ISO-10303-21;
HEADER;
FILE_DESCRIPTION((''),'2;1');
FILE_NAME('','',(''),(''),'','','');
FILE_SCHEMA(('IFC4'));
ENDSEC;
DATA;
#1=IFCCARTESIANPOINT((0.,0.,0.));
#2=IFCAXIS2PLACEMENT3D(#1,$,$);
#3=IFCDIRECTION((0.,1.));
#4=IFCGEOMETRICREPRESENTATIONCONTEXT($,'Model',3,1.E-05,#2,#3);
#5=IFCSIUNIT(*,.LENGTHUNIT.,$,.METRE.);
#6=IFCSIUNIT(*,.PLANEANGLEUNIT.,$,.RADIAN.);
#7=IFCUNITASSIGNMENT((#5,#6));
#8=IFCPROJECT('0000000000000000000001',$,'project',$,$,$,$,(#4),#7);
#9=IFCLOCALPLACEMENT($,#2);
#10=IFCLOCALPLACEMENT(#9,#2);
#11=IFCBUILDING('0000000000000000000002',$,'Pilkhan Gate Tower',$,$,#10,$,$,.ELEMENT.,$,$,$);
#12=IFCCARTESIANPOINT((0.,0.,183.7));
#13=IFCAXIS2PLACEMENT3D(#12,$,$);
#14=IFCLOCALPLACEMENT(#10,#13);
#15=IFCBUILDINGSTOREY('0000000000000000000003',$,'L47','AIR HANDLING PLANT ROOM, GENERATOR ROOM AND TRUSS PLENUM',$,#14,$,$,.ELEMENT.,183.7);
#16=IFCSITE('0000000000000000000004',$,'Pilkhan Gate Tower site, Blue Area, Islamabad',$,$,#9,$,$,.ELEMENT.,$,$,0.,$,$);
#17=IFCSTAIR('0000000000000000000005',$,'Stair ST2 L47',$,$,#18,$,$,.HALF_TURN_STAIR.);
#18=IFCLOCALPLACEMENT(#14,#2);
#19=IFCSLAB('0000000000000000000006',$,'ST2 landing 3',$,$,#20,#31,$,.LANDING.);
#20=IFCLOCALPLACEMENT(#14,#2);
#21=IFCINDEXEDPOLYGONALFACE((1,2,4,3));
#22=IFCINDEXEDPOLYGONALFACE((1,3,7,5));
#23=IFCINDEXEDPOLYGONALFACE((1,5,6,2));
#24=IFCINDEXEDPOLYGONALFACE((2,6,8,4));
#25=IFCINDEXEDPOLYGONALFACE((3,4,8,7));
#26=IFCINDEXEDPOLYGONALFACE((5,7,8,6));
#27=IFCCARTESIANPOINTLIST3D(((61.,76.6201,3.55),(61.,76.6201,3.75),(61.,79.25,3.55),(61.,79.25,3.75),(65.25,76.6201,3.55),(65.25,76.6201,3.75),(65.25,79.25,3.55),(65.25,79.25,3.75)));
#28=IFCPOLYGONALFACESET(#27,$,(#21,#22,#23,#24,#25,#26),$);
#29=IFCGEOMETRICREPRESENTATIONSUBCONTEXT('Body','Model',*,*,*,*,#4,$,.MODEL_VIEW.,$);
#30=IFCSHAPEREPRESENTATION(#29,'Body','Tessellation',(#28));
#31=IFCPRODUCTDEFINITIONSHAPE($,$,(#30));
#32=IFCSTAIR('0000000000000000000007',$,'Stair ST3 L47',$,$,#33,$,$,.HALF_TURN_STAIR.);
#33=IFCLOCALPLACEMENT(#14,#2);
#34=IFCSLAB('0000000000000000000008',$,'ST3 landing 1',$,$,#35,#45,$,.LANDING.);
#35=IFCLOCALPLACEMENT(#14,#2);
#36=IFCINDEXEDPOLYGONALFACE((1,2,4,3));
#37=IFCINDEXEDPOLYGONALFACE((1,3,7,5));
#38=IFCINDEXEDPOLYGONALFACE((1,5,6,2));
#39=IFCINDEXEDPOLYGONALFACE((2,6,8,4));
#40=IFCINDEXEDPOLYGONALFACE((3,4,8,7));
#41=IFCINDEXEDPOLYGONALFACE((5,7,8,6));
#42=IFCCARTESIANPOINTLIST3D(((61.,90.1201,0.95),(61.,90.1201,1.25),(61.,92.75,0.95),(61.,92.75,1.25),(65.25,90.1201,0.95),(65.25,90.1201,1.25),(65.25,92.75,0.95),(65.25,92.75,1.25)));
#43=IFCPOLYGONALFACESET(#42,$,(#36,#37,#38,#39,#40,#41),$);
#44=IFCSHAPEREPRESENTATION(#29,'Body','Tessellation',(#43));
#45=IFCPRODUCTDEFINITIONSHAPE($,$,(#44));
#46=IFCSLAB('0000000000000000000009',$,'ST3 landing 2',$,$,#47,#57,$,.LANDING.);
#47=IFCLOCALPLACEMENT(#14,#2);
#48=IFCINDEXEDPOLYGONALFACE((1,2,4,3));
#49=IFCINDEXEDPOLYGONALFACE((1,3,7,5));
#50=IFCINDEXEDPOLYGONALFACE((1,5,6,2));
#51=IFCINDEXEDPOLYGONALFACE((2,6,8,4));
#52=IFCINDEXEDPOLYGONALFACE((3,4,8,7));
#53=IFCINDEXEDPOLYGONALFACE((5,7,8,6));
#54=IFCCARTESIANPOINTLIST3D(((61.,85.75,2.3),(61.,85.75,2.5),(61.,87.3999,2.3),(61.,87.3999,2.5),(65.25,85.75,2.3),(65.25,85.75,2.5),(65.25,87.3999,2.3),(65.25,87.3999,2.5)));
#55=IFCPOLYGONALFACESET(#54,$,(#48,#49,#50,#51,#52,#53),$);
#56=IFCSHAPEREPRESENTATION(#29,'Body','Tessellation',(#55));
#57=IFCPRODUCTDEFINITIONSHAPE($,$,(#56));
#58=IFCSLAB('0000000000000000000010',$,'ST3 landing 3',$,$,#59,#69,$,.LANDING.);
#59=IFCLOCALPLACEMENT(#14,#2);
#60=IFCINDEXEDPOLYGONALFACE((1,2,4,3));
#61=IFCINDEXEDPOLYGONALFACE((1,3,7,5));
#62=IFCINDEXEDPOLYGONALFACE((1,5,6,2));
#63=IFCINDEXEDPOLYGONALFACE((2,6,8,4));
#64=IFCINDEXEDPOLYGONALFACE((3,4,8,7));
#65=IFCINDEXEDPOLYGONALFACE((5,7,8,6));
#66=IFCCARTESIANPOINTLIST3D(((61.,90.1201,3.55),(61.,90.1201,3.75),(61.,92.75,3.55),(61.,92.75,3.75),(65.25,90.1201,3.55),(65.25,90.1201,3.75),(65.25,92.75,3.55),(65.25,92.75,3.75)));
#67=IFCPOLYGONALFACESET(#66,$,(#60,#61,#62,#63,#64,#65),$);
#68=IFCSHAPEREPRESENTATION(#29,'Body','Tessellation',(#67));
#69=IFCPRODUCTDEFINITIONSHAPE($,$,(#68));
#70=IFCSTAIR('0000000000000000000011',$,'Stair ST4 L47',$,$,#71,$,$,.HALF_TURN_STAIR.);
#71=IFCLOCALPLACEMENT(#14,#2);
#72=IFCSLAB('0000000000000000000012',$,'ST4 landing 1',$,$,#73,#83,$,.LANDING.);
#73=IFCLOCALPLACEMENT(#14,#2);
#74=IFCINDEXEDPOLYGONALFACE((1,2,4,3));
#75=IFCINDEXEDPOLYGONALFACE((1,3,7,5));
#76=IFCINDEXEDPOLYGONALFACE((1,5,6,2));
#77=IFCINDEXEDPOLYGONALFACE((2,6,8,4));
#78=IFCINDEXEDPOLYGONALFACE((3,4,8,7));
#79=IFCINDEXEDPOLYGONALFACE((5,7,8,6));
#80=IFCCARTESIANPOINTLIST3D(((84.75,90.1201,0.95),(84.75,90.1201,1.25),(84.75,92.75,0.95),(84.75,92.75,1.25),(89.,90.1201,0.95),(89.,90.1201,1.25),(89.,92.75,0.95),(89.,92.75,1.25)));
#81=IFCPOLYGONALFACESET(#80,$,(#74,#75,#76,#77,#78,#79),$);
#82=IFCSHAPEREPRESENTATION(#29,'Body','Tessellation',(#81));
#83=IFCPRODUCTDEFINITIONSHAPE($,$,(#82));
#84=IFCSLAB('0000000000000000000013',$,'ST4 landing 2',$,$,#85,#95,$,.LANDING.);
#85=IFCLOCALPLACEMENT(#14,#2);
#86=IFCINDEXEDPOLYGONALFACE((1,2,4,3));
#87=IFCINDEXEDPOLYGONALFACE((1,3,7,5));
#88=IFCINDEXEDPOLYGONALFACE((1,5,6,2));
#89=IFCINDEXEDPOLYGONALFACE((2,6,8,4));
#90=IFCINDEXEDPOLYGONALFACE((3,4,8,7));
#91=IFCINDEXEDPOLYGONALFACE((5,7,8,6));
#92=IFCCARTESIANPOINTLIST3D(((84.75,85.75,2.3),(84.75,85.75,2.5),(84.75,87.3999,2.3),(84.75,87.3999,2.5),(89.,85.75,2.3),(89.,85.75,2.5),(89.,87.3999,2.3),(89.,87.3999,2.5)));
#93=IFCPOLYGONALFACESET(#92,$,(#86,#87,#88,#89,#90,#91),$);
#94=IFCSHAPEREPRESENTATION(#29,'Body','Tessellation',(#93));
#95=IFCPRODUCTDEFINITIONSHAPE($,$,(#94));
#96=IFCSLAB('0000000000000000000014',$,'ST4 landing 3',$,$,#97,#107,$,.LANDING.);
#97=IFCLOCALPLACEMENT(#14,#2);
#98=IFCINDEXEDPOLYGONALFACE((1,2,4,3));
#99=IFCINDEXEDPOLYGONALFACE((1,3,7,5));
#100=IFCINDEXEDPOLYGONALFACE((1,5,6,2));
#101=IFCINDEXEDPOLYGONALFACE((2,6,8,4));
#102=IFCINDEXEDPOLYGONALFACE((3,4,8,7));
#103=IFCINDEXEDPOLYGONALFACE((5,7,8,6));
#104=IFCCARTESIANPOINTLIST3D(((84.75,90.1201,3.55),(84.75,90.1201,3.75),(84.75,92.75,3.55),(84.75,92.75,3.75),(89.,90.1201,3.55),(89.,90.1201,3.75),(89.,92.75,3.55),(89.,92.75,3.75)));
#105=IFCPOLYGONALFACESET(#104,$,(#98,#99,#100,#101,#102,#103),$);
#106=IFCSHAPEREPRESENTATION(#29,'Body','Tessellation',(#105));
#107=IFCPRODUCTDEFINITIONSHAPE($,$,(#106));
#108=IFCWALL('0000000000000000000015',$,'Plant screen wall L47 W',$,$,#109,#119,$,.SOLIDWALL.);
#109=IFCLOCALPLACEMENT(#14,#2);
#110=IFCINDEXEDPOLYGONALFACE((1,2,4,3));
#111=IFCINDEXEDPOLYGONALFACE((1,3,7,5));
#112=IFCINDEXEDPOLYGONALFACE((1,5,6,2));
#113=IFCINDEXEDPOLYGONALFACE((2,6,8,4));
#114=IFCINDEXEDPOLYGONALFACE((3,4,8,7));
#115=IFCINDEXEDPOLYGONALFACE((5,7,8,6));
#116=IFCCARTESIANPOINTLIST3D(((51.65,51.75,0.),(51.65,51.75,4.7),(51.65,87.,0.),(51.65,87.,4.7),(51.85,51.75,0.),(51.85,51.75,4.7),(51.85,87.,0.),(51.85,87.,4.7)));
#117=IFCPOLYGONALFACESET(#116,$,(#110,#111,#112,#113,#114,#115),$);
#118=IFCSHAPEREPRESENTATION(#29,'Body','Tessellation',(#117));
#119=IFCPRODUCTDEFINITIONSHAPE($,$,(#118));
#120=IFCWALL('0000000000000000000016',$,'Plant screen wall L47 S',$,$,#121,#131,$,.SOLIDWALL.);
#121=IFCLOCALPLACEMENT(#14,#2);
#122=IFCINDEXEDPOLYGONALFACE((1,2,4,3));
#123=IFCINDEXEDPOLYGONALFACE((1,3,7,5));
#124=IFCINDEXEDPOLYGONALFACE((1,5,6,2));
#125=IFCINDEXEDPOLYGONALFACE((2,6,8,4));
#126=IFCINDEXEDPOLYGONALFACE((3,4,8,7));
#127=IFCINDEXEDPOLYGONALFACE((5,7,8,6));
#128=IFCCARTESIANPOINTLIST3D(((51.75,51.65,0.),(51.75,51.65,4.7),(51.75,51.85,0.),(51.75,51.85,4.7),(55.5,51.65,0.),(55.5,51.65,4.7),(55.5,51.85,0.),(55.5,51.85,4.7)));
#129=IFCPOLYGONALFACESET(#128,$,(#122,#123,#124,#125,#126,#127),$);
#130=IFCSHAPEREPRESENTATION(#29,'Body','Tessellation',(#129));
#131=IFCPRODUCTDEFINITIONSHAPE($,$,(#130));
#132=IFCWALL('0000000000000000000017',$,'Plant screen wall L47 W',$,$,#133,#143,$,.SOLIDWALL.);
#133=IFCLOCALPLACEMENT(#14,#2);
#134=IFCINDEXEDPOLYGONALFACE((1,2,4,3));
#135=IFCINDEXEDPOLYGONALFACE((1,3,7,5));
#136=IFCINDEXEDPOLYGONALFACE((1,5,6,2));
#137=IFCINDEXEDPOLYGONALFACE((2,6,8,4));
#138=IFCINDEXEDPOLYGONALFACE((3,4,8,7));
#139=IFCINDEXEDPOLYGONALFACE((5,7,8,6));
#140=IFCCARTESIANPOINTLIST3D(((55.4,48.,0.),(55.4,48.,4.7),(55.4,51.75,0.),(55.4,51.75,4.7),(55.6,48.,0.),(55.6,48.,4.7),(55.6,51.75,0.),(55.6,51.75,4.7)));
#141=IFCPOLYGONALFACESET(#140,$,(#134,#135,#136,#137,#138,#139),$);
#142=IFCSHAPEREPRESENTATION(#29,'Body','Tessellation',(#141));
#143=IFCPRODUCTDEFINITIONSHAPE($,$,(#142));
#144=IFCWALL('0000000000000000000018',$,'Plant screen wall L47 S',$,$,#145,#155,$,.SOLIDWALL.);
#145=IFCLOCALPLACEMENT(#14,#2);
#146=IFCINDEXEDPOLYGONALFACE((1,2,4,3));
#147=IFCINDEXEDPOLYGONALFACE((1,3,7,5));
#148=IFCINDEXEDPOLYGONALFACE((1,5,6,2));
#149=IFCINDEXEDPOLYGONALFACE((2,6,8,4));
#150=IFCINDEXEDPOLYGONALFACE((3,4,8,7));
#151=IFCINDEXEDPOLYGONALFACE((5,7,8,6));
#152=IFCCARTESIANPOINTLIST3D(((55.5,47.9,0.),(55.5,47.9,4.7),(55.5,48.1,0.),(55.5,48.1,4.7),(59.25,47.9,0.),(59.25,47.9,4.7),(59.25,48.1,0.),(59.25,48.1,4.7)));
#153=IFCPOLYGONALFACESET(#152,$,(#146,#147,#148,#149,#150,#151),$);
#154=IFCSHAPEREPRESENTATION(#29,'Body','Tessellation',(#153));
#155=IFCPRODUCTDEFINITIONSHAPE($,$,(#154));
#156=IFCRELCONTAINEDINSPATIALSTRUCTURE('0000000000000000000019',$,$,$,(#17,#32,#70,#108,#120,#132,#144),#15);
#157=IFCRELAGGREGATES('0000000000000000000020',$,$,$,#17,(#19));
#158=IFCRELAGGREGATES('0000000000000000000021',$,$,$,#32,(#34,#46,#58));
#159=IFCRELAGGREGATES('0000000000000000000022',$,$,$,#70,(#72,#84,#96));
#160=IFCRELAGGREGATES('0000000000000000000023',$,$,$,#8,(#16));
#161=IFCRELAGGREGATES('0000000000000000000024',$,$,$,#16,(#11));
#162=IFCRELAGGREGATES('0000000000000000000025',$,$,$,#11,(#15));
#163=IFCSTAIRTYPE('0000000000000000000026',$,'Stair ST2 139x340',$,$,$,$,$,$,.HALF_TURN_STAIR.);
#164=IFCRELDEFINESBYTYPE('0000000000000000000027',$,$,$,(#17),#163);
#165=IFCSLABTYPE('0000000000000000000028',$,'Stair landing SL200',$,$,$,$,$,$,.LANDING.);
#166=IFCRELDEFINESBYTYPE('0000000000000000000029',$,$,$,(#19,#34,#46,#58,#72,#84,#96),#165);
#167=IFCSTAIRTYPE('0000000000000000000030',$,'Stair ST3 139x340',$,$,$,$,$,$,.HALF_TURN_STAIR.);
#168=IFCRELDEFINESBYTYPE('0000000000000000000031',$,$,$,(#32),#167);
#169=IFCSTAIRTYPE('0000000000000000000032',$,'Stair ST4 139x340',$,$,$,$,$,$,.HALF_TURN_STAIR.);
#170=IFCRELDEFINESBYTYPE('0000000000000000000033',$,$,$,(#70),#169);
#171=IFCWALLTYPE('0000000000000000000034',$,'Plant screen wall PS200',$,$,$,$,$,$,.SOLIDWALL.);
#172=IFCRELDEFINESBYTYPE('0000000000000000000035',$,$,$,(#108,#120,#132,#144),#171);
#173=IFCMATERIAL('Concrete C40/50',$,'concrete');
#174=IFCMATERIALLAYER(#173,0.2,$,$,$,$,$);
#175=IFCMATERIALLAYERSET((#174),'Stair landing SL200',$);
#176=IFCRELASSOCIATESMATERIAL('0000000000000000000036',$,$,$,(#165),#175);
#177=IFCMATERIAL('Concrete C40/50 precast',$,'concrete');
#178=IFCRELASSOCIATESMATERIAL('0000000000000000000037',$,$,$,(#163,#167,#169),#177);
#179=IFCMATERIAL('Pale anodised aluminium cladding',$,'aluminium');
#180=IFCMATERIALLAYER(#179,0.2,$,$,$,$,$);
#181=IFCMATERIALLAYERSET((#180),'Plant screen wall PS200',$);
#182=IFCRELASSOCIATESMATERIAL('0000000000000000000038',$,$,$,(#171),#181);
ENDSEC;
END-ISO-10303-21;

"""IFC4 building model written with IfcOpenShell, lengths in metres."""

from ifc_helpers import new_model, si_unit, direction, frame, frame_2d, origin, place, context, subcontext, project, spatial, polyline, rectangle, outline, extrude, material, layer, layer_set, type_object, element, aggregate, save


model = new_model("IFC4")

# Units and contexts
model_context = context("Model", 3, precision=1e-05, world=origin(), true_north=direction((0.0, 1.0)))
body_context = subcontext(model_context, "Body", "Model", "MODEL_VIEW")
ifc_project = project(units=[si_unit("LENGTHUNIT", "METRE"), si_unit("PLANEANGLEUNIT", "RADIAN")], contexts=[model_context])

# Site, building, storey
site_placement = place(None, origin())
site = spatial("IfcSite", under=ifc_project, at=site_placement, Name="Pilkhan Gate Tower site, Blue Area, Islamabad", CompositionType="ELEMENT", RefElevation=0.0)
building_placement = place(site_placement, origin())
building = spatial("IfcBuilding", under=site, at=building_placement, Name="Pilkhan Gate Tower", CompositionType="ELEMENT")
storey_placement = place(building_placement, frame((0.0, 0.0, 183.7)))
storey = spatial("IfcBuildingStorey", under=building, at=storey_placement, Name="L47", Description="AIR HANDLING PLANT ROOM, GENERATOR ROOM AND TRUSS PLENUM", CompositionType="ELEMENT", Elevation=183.7)

# Shared definitions
ifc_material_1 = material(Name="Concrete C40/50", Category="concrete")

# Stairs, slabs
ifc_material_2 = material(Name="Concrete C40/50 precast", Category="concrete")
ifc_layer_1 = layer(ifc_material_1, 0.2)
ifc_layer_set_1 = layer_set([ifc_layer_1], Name="Stair landing SL200")
slab_type_1 = type_object("IfcSlabType", Name="Stair landing SL200", PredefinedType="LANDING", material=ifc_layer_set_1)
stair_type_1 = type_object("IfcStairType", Name="Stair ST2 139x340", PredefinedType="HALF_TURN_STAIR", material=ifc_material_2)
stair_1_placement = place(storey_placement, origin())
stair_1 = element("IfcStair", 1, at=stair_1_placement, inside=storey, type_object=stair_type_1, Name="Stair ST2 L47", PredefinedType="HALF_TURN_STAIR")
slab_1_placement = place(storey_placement, frame((0.0, 0.0, 3.55)))
slab_1 = element("IfcSlab", 2, at=slab_1_placement, type_object=slab_type_1, Name="ST2 landing 3", PredefinedType="LANDING", context=body_context, shape_type="SweptSolid", body=[
    extrude(outline(polyline([(65.25, 76.6201), (65.25, 79.25), (61.0, 79.25), (61.0, 76.6201), (65.25, 76.6201)])), origin(), (0.0, 0.0, 1.0), 0.2),
])
aggregate(stair_1, [slab_1])
stair_type_2 = type_object("IfcStairType", Name="Stair ST3 139x340", PredefinedType="HALF_TURN_STAIR", material=ifc_material_2)
stair_2_placement = place(storey_placement, origin())
stair_2 = element("IfcStair", 3, at=stair_2_placement, inside=storey, type_object=stair_type_2, Name="Stair ST3 L47", PredefinedType="HALF_TURN_STAIR")
slab_2_placement = place(storey_placement, frame((0.0, 0.0, 0.95)))
slab_2 = element("IfcSlab", 4, at=slab_2_placement, type_object=slab_type_1, Name="ST3 landing 1", PredefinedType="LANDING", context=body_context, shape_type="SweptSolid", body=[
    extrude(outline(polyline([(65.25, 90.1201), (65.25, 92.75), (61.0, 92.75), (61.0, 90.1201), (65.25, 90.1201)])), origin(), (0.0, 0.0, 1.0), 0.3),
])
slab_3_placement = place(storey_placement, frame((0.0, 0.0, 2.3)))
slab_3 = element("IfcSlab", 5, at=slab_3_placement, type_object=slab_type_1, Name="ST3 landing 2", PredefinedType="LANDING", context=body_context, shape_type="SweptSolid", body=[
    extrude(outline(polyline([(65.25, 85.75), (65.25, 87.3999), (61.0, 87.3999), (61.0, 85.75), (65.25, 85.75)])), origin(), (0.0, 0.0, 1.0), 0.2),
])
slab_4_placement = place(storey_placement, frame((0.0, 0.0, 3.55)))
slab_4 = element("IfcSlab", 6, at=slab_4_placement, type_object=slab_type_1, Name="ST3 landing 3", PredefinedType="LANDING", context=body_context, shape_type="SweptSolid", body=[
    extrude(outline(polyline([(65.25, 90.1201), (65.25, 92.75), (61.0, 92.75), (61.0, 90.1201), (65.25, 90.1201)])), origin(), (0.0, 0.0, 1.0), 0.2),
])
aggregate(stair_2, [slab_2, slab_3, slab_4])
stair_type_3 = type_object("IfcStairType", Name="Stair ST4 139x340", PredefinedType="HALF_TURN_STAIR", material=ifc_material_2)
stair_3_placement = place(storey_placement, origin())
stair_3 = element("IfcStair", 7, at=stair_3_placement, inside=storey, type_object=stair_type_3, Name="Stair ST4 L47", PredefinedType="HALF_TURN_STAIR")
slab_5_placement = place(storey_placement, frame((0.0, 0.0, 0.95)))
slab_5 = element("IfcSlab", 8, at=slab_5_placement, type_object=slab_type_1, Name="ST4 landing 1", PredefinedType="LANDING", context=body_context, shape_type="SweptSolid", body=[
    extrude(outline(polyline([(89.0, 90.1201), (89.0, 92.75), (84.75, 92.75), (84.75, 90.1201), (89.0, 90.1201)])), origin(), (0.0, 0.0, 1.0), 0.3),
])
slab_6_placement = place(storey_placement, frame((0.0, 0.0, 2.3)))
slab_6 = element("IfcSlab", 9, at=slab_6_placement, type_object=slab_type_1, Name="ST4 landing 2", PredefinedType="LANDING", context=body_context, shape_type="SweptSolid", body=[
    extrude(outline(polyline([(89.0, 85.75), (89.0, 87.3999), (84.75, 87.3999), (84.75, 85.75), (89.0, 85.75)])), origin(), (0.0, 0.0, 1.0), 0.2),
])
slab_7_placement = place(storey_placement, frame((0.0, 0.0, 3.55)))
slab_7 = element("IfcSlab", 10, at=slab_7_placement, type_object=slab_type_1, Name="ST4 landing 3", PredefinedType="LANDING", context=body_context, shape_type="SweptSolid", body=[
    extrude(outline(polyline([(89.0, 90.1201), (89.0, 92.75), (84.75, 92.75), (84.75, 90.1201), (89.0, 90.1201)])), origin(), (0.0, 0.0, 1.0), 0.2),
])
aggregate(stair_3, [slab_5, slab_6, slab_7])

# Walls
ifc_material_3 = material(Name="Pale anodised aluminium cladding", Category="aluminium")
ifc_layer_2 = layer(ifc_material_3, 0.2)
ifc_layer_set_2 = layer_set([ifc_layer_2], Name="Plant screen wall PS200")
wall_type = type_object("IfcWallType", Name="Plant screen wall PS200", PredefinedType="SOLIDWALL", material=ifc_layer_set_2)
wall_placement = place(storey_placement, frame((51.75, 51.75, 0.0), z_axis=(0.0, 0.0, 1.0), x_axis=(0.0, 1.0, 0.0)))
element("IfcWall", 11, at=wall_placement, inside=storey, type_object=wall_type, Name="Plant screen wall L47 W", PredefinedType="SOLIDWALL", context=body_context, shape_type="SweptSolid", body=[
    extrude(rectangle(XDim=35.25, YDim=0.2, at=frame_2d((17.625, 0.0))), origin(), (0.0, 0.0, 1.0), 4.7),
])
for number, where, z_axis, x_axis, name in (
    (12, (51.75, 51.75, 0.0), (0.0, 0.0, 1.0), (1.0, 0.0, 0.0), "Plant screen wall L47 S"),
    (13, (55.5, 48.0, 0.0), (0.0, 0.0, 1.0), (0.0, 1.0, 0.0), "Plant screen wall L47 W"),
    (14, (55.5, 48.0, 0.0), (0.0, 0.0, 1.0), (1.0, 0.0, 0.0), "Plant screen wall L47 S"),
):
    element("IfcWall", number, at=place(storey_placement, frame(where, z_axis=z_axis, x_axis=x_axis)), inside=storey, type_object=wall_type, Name=name, PredefinedType="SOLIDWALL", context=body_context, shape_type="SweptSolid", body=[
        extrude(rectangle(XDim=3.75, YDim=0.2, at=frame_2d((1.875, 0.0))), origin(), (0.0, 0.0, 1.0), 4.7),
    ])

save(model, "model.ifc")
